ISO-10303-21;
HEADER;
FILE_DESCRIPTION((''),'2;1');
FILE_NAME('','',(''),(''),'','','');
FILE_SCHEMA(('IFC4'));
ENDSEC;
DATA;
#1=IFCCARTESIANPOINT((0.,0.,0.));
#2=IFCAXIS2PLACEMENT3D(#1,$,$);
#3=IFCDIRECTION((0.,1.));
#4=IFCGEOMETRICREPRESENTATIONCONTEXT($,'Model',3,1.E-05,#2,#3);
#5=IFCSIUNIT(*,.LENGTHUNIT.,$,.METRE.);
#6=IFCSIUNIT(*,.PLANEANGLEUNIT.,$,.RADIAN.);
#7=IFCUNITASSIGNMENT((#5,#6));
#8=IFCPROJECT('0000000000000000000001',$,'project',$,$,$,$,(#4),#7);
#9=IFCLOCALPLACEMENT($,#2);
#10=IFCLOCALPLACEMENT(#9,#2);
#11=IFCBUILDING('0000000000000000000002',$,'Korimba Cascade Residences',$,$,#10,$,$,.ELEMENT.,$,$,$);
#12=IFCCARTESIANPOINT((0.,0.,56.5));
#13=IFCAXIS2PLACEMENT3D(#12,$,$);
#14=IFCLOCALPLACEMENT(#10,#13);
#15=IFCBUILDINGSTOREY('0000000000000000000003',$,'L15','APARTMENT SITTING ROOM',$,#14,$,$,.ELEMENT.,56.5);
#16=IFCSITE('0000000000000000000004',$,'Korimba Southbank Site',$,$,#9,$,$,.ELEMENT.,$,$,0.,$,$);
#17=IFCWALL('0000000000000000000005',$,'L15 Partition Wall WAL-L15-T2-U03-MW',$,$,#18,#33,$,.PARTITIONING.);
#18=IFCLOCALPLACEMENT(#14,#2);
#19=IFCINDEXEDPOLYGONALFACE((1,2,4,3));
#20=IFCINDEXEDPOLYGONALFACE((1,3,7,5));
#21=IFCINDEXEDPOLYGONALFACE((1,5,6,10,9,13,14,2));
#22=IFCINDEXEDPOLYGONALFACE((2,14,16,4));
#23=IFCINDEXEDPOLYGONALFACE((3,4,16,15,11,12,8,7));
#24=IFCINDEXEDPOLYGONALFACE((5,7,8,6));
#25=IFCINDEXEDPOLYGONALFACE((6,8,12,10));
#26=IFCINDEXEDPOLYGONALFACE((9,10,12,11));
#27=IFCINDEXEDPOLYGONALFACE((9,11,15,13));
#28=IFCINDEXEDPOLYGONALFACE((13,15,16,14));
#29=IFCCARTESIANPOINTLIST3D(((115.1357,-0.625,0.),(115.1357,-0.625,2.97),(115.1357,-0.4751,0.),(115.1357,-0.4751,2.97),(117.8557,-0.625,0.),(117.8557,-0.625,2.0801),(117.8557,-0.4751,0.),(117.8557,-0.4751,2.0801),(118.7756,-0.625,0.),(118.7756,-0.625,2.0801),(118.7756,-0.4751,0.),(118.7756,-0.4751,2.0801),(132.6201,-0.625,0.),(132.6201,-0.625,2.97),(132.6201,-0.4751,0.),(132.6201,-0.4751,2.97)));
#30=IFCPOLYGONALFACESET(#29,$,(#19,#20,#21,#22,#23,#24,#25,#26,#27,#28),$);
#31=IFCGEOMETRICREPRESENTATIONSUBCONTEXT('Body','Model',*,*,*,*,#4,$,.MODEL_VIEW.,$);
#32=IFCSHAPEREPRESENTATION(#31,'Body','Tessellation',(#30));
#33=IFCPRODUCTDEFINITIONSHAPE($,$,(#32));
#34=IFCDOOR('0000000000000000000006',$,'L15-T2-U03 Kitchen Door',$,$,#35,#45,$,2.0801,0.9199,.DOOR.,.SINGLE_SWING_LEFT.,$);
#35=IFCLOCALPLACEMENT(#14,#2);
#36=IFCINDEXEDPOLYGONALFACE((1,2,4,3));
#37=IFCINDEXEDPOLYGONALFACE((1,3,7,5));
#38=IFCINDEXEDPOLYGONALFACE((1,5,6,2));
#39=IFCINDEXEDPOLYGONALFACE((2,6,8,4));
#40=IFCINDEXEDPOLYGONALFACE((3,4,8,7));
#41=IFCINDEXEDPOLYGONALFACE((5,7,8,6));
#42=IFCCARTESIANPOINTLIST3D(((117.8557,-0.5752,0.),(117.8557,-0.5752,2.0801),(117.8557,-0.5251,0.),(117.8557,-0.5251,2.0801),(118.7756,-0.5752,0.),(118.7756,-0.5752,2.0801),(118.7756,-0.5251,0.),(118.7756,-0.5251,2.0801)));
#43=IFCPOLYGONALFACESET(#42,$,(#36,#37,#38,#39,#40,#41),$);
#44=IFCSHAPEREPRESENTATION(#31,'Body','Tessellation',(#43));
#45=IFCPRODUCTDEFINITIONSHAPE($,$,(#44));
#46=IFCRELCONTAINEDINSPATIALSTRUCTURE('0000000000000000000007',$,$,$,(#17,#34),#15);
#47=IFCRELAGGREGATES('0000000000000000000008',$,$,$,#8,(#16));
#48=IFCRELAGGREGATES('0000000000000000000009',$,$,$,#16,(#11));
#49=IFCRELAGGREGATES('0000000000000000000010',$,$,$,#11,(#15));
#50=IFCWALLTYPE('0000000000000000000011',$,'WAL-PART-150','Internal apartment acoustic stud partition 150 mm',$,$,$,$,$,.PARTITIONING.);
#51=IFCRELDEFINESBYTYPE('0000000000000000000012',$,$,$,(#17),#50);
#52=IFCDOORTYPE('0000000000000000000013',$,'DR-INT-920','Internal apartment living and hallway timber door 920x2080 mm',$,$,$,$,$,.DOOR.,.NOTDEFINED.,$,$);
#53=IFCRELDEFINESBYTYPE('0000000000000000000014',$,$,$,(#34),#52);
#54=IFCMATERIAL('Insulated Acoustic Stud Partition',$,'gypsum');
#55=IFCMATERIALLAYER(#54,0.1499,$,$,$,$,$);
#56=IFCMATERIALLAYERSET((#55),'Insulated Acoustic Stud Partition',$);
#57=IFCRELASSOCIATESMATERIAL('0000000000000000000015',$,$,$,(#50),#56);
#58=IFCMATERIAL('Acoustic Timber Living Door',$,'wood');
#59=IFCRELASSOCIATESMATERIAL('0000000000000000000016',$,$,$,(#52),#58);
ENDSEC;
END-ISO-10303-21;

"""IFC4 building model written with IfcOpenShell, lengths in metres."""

from ifc_helpers import new_model, si_unit, direction, frame, frame_2d, origin, place, context, subcontext, project, spatial, rectangle, extrude, material, layer, layer_set, type_object, element, fill, save


model = new_model("IFC4")

# Units and contexts
model_context = context("Model", 3, precision=1e-05, world=origin(), true_north=direction((0.0, 1.0)))
body_context = subcontext(model_context, "Body", "Model", "MODEL_VIEW")
ifc_project = project(units=[si_unit("LENGTHUNIT", "METRE"), si_unit("PLANEANGLEUNIT", "RADIAN")], contexts=[model_context])

# Site, building, storey
site_placement = place(None, origin())
site = spatial("IfcSite", under=ifc_project, at=site_placement, Name="Korimba Southbank Site", CompositionType="ELEMENT", RefElevation=0.0)
building_placement = place(site_placement, origin())
building = spatial("IfcBuilding", under=site, at=building_placement, Name="Korimba Cascade Residences", CompositionType="ELEMENT")
storey_placement = place(building_placement, frame((0.0, 0.0, 56.5)))
storey = spatial("IfcBuildingStorey", under=building, at=storey_placement, Name="L15", Description="APARTMENT SITTING ROOM", CompositionType="ELEMENT", Elevation=56.5)

# Shared definitions
ifc_material_1 = material(Name="Insulated Acoustic Stud Partition", Category="gypsum")
ifc_layer = layer(ifc_material_1, 0.1499)
ifc_layer_set = layer_set([ifc_layer], Name="Insulated Acoustic Stud Partition")
wall_type = type_object("IfcWallType", Name="WAL-PART-150", Description="Internal apartment acoustic stud partition 150 mm", PredefinedType="PARTITIONING", material=ifc_layer_set)

# Wall, opening, door
wall_1_placement = place(storey_placement, frame((115.1357, -0.55, 0.0), z_axis=(0.0, 0.0, 1.0), x_axis=(1.0, 0.0, 0.0)))
wall_1 = element("IfcWall", 1, at=wall_1_placement, inside=storey, type_object=wall_type, Name="L15 Partition Wall WAL-L15-T2-U03-MW", PredefinedType="PARTITIONING", context=body_context, shape_type="SweptSolid", body=[
    extrude(rectangle(XDim=17.4844, YDim=0.1499, at=frame_2d((8.7422, 0.0))), origin(), (0.0, 0.0, 1.0), 2.97),
])
opening_1_placement = place(wall_1_placement, frame((2.72, 0.0, 0.0)))
opening_1 = element("IfcOpeningElement", 2, at=opening_1_placement, cuts=wall_1, PredefinedType="OPENING", context=body_context, shape_type="SweptSolid", body=[
    extrude(rectangle(XDim=0.9199, YDim=2.0801, at=frame_2d((0.46, 1.04))), frame((0.0, 0.085, 0.0), z_axis=(0.0, -1.0, 0.0), x_axis=(1.0, 0.0, 0.0)), (0.0, 0.0, 1.0), 0.1699),
])
ifc_material_2 = material(Name="Acoustic Timber Living Door", Category="wood")
door_type_1 = type_object("IfcDoorType", Name="DR-INT-920", Description="Internal apartment living and hallway timber door 920x2080 mm", OperationType="NOTDEFINED", PredefinedType="DOOR", material=ifc_material_2)
door_1_placement = place(opening_1_placement, origin())
door_1 = element("IfcDoor", 3, at=door_1_placement, inside=storey, type_object=door_type_1, Name="L15-T2-U03 Kitchen Door", OperationType="SINGLE_SWING_LEFT", OverallHeight=2.0801, OverallWidth=0.9199, PredefinedType="DOOR", context=body_context, shape_type="SweptSolid", body=[
    extrude(rectangle(XDim=0.9199, YDim=2.0801, at=frame_2d((0.46, 1.04))), frame((0.0, 0.0249, 0.0), z_axis=(0.0, -1.0, 0.0), x_axis=(1.0, 0.0, 0.0)), (0.0, 0.0, 1.0), 0.05),
])
fill(opening_1, door_1)

save(model, "model.ifc")
